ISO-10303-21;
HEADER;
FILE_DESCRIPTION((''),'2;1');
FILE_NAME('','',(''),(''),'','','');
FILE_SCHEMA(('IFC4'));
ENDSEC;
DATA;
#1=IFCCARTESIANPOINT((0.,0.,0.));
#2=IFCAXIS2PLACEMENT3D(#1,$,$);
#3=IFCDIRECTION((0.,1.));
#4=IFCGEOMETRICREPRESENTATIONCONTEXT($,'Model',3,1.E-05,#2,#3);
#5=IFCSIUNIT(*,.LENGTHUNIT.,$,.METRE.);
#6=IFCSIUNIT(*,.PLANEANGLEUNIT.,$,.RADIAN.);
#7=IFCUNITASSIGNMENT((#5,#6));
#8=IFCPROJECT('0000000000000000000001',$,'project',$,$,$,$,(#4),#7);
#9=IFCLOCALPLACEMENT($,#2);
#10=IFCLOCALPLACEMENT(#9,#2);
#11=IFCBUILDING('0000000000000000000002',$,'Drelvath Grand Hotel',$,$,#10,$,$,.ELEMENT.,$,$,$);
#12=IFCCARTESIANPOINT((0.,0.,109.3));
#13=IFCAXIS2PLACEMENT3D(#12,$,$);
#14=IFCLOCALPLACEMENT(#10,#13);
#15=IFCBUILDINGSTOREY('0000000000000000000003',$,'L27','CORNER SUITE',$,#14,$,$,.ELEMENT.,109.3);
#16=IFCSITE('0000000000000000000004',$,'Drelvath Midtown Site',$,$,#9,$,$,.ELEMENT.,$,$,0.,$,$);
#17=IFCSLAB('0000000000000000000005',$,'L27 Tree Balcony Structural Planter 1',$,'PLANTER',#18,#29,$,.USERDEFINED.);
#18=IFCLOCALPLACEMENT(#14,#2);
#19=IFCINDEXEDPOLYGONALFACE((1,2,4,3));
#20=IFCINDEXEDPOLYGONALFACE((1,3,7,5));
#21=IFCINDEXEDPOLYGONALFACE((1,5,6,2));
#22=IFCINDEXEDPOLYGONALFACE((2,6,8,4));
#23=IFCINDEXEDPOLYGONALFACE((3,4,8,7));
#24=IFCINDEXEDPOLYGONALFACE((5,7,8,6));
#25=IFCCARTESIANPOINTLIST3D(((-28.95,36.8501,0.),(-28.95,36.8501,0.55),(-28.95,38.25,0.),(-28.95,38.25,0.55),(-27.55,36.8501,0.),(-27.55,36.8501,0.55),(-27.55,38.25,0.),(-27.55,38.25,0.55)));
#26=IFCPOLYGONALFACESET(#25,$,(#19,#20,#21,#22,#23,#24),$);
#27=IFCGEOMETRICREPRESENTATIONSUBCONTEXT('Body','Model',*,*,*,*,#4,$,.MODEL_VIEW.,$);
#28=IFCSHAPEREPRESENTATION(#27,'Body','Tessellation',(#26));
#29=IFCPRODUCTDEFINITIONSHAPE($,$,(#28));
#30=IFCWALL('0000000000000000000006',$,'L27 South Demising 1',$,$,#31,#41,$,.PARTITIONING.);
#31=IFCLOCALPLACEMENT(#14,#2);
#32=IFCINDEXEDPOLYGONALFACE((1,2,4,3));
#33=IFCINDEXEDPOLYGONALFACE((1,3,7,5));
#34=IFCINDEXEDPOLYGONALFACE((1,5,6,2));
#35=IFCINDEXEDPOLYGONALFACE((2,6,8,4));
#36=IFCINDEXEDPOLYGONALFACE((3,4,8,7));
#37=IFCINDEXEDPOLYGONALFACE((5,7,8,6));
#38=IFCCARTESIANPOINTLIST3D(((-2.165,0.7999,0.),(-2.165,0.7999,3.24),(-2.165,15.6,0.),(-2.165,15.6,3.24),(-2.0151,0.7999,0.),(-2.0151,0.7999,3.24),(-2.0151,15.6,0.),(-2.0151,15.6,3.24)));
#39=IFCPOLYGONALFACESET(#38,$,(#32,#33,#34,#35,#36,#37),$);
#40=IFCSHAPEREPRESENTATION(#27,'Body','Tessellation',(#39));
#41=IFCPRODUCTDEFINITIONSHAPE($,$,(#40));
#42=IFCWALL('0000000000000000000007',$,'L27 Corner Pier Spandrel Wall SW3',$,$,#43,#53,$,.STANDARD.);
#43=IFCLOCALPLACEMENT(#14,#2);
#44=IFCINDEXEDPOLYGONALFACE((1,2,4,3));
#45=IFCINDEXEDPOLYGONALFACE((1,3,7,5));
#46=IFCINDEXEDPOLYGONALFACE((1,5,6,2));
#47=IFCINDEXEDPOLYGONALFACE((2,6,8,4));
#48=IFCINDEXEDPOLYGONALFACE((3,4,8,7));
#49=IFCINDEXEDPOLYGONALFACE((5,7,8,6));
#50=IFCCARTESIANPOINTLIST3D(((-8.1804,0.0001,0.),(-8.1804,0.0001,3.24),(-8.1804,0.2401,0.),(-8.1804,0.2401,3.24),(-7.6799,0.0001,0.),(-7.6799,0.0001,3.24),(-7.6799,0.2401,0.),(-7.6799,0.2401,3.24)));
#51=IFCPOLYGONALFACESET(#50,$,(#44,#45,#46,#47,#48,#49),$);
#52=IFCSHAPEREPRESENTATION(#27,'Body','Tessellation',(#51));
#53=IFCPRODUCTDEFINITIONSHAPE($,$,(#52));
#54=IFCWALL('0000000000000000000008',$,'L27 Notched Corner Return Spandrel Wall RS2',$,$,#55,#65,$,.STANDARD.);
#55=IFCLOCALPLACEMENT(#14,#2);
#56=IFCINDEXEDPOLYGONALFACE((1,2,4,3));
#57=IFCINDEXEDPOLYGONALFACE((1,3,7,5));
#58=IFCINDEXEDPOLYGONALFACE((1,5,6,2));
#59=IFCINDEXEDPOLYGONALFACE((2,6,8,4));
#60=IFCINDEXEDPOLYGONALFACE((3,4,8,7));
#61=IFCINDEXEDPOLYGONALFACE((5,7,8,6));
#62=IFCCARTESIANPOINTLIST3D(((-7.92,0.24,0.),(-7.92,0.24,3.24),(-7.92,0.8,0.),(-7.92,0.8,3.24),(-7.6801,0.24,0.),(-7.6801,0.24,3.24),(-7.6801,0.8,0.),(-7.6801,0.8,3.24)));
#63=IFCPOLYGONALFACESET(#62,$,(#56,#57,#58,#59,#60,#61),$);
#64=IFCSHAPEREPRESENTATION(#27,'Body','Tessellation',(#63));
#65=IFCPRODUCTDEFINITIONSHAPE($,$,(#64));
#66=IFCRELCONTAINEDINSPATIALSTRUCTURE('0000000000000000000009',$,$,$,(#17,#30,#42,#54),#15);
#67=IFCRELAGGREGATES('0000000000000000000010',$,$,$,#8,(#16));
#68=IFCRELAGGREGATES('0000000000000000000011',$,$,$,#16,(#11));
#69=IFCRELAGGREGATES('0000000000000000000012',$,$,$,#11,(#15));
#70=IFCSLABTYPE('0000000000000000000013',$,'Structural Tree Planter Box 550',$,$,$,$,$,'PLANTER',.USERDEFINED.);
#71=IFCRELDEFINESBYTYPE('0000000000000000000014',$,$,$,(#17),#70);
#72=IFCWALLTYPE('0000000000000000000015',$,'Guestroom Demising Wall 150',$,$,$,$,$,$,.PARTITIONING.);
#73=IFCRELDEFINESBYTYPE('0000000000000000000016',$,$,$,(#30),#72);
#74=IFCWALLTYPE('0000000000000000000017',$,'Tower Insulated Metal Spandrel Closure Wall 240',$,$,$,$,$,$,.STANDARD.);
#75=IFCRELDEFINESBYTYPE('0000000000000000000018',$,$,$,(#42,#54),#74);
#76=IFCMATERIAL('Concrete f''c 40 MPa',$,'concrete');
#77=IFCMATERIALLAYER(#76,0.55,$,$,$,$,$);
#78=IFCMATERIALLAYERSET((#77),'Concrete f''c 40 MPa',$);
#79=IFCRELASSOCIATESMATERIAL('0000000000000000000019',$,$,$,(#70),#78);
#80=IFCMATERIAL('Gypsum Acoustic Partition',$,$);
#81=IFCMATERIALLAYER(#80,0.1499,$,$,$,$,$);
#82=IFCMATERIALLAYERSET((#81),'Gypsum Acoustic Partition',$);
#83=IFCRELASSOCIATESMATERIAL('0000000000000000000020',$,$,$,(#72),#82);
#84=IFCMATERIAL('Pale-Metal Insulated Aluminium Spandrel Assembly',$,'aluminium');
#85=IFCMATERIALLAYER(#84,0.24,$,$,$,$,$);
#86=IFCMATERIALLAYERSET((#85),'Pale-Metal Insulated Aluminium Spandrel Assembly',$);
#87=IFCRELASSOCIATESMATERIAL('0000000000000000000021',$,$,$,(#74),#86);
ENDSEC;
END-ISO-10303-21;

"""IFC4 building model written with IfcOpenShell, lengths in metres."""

from ifc_helpers import new_model, si_unit, direction, frame, frame_2d, origin, place, context, subcontext, project, spatial, polyline, rectangle, outline, extrude, material, layer, layer_set, type_object, element, save


model = new_model("IFC4")

# Units and contexts
model_context = context("Model", 3, precision=1e-05, world=origin(), true_north=direction((0.0, 1.0)))
body_context = subcontext(model_context, "Body", "Model", "MODEL_VIEW")
ifc_project = project(units=[si_unit("LENGTHUNIT", "METRE"), si_unit("PLANEANGLEUNIT", "RADIAN")], contexts=[model_context])

# Site, building, storey
site_placement = place(None, origin())
site = spatial("IfcSite", under=ifc_project, at=site_placement, Name="Drelvath Midtown Site", CompositionType="ELEMENT", RefElevation=0.0)
building_placement = place(site_placement, origin())
building = spatial("IfcBuilding", under=site, at=building_placement, Name="Drelvath Grand Hotel", CompositionType="ELEMENT")
storey_placement = place(building_placement, frame((0.0, 0.0, 109.3)))
storey = spatial("IfcBuildingStorey", under=building, at=storey_placement, Name="L27", Description="CORNER SUITE", CompositionType="ELEMENT", Elevation=109.3)

# Shared definitions
ifc_material_1 = material(Name="Concrete f'c 40 MPa", Category="concrete")

# Slab
ifc_layer_1 = layer(ifc_material_1, 0.55)
ifc_layer_set_1 = layer_set([ifc_layer_1], Name="Concrete f'c 40 MPa")
slab_type_1 = type_object("IfcSlabType", Name="Structural Tree Planter Box 550", ElementType="PLANTER", PredefinedType="USERDEFINED", material=ifc_layer_set_1)
slab_1_placement = place(storey_placement, origin())
element("IfcSlab", 1, at=slab_1_placement, inside=storey, type_object=slab_type_1, Name="L27 Tree Balcony Structural Planter 1", ObjectType="PLANTER", PredefinedType="USERDEFINED", context=body_context, shape_type="SweptSolid", body=[
    extrude(outline(polyline([(-28.95, 36.8501), (-27.55, 36.8501), (-27.55, 38.25), (-28.95, 38.25), (-28.95, 36.8501)])), origin(), (0.0, 0.0, 1.0), 0.55),
])

# Walls
ifc_material_2 = material(Name="Gypsum Acoustic Partition")
ifc_layer_2 = layer(ifc_material_2, 0.1499)
ifc_layer_set_2 = layer_set([ifc_layer_2], Name="Gypsum Acoustic Partition")
wall_type_1 = type_object("IfcWallType", Name="Guestroom Demising Wall 150", PredefinedType="PARTITIONING", material=ifc_layer_set_2)
wall_1_placement = place(storey_placement, frame((-2.0901, 0.8, 0.0), z_axis=(0.0, 0.0, 1.0), x_axis=(0.0, 1.0, 0.0)))
element("IfcWall", 2, at=wall_1_placement, inside=storey, type_object=wall_type_1, Name="L27 South Demising 1", PredefinedType="PARTITIONING", context=body_context, shape_type="SweptSolid", body=[
    extrude(rectangle(XDim=14.8, YDim=0.1499, at=frame_2d((7.3999, 0.0))), origin(), (0.0, 0.0, 1.0), 3.24),
])
ifc_material_3 = material(Name="Pale-Metal Insulated Aluminium Spandrel Assembly", Category="aluminium")
ifc_layer_3 = layer(ifc_material_3, 0.24)
ifc_layer_set_3 = layer_set([ifc_layer_3], Name="Pale-Metal Insulated Aluminium Spandrel Assembly")
wall_type_2 = type_object("IfcWallType", Name="Tower Insulated Metal Spandrel Closure Wall 240", PredefinedType="STANDARD", material=ifc_layer_set_3)
wall_2_placement = place(storey_placement, frame((-7.6799, 0.1201, 0.0), z_axis=(0.0, 0.0, 1.0), x_axis=(-1.0, 0.0, 0.0)))
element("IfcWall", 3, at=wall_2_placement, inside=storey, type_object=wall_type_2, Name="L27 Corner Pier Spandrel Wall SW3", PredefinedType="STANDARD", context=body_context, shape_type="SweptSolid", body=[
    extrude(rectangle(XDim=0.5005, YDim=0.24, at=frame_2d((0.2502, 0.0))), origin(), (0.0, 0.0, 1.0), 3.24),
])
wall_3_placement = place(storey_placement, frame((-7.8, 0.8, 0.0), z_axis=(0.0, 0.0, 1.0), x_axis=(0.0, -1.0, 0.0)))
element("IfcWall", 4, at=wall_3_placement, inside=storey, type_object=wall_type_2, Name="L27 Notched Corner Return Spandrel Wall RS2", PredefinedType="STANDARD", context=body_context, shape_type="SweptSolid", body=[
    extrude(rectangle(XDim=0.5601, YDim=0.24, at=frame_2d((0.28, 0.0))), origin(), (0.0, 0.0, 1.0), 3.24),
])

save(model, "model.ifc")
